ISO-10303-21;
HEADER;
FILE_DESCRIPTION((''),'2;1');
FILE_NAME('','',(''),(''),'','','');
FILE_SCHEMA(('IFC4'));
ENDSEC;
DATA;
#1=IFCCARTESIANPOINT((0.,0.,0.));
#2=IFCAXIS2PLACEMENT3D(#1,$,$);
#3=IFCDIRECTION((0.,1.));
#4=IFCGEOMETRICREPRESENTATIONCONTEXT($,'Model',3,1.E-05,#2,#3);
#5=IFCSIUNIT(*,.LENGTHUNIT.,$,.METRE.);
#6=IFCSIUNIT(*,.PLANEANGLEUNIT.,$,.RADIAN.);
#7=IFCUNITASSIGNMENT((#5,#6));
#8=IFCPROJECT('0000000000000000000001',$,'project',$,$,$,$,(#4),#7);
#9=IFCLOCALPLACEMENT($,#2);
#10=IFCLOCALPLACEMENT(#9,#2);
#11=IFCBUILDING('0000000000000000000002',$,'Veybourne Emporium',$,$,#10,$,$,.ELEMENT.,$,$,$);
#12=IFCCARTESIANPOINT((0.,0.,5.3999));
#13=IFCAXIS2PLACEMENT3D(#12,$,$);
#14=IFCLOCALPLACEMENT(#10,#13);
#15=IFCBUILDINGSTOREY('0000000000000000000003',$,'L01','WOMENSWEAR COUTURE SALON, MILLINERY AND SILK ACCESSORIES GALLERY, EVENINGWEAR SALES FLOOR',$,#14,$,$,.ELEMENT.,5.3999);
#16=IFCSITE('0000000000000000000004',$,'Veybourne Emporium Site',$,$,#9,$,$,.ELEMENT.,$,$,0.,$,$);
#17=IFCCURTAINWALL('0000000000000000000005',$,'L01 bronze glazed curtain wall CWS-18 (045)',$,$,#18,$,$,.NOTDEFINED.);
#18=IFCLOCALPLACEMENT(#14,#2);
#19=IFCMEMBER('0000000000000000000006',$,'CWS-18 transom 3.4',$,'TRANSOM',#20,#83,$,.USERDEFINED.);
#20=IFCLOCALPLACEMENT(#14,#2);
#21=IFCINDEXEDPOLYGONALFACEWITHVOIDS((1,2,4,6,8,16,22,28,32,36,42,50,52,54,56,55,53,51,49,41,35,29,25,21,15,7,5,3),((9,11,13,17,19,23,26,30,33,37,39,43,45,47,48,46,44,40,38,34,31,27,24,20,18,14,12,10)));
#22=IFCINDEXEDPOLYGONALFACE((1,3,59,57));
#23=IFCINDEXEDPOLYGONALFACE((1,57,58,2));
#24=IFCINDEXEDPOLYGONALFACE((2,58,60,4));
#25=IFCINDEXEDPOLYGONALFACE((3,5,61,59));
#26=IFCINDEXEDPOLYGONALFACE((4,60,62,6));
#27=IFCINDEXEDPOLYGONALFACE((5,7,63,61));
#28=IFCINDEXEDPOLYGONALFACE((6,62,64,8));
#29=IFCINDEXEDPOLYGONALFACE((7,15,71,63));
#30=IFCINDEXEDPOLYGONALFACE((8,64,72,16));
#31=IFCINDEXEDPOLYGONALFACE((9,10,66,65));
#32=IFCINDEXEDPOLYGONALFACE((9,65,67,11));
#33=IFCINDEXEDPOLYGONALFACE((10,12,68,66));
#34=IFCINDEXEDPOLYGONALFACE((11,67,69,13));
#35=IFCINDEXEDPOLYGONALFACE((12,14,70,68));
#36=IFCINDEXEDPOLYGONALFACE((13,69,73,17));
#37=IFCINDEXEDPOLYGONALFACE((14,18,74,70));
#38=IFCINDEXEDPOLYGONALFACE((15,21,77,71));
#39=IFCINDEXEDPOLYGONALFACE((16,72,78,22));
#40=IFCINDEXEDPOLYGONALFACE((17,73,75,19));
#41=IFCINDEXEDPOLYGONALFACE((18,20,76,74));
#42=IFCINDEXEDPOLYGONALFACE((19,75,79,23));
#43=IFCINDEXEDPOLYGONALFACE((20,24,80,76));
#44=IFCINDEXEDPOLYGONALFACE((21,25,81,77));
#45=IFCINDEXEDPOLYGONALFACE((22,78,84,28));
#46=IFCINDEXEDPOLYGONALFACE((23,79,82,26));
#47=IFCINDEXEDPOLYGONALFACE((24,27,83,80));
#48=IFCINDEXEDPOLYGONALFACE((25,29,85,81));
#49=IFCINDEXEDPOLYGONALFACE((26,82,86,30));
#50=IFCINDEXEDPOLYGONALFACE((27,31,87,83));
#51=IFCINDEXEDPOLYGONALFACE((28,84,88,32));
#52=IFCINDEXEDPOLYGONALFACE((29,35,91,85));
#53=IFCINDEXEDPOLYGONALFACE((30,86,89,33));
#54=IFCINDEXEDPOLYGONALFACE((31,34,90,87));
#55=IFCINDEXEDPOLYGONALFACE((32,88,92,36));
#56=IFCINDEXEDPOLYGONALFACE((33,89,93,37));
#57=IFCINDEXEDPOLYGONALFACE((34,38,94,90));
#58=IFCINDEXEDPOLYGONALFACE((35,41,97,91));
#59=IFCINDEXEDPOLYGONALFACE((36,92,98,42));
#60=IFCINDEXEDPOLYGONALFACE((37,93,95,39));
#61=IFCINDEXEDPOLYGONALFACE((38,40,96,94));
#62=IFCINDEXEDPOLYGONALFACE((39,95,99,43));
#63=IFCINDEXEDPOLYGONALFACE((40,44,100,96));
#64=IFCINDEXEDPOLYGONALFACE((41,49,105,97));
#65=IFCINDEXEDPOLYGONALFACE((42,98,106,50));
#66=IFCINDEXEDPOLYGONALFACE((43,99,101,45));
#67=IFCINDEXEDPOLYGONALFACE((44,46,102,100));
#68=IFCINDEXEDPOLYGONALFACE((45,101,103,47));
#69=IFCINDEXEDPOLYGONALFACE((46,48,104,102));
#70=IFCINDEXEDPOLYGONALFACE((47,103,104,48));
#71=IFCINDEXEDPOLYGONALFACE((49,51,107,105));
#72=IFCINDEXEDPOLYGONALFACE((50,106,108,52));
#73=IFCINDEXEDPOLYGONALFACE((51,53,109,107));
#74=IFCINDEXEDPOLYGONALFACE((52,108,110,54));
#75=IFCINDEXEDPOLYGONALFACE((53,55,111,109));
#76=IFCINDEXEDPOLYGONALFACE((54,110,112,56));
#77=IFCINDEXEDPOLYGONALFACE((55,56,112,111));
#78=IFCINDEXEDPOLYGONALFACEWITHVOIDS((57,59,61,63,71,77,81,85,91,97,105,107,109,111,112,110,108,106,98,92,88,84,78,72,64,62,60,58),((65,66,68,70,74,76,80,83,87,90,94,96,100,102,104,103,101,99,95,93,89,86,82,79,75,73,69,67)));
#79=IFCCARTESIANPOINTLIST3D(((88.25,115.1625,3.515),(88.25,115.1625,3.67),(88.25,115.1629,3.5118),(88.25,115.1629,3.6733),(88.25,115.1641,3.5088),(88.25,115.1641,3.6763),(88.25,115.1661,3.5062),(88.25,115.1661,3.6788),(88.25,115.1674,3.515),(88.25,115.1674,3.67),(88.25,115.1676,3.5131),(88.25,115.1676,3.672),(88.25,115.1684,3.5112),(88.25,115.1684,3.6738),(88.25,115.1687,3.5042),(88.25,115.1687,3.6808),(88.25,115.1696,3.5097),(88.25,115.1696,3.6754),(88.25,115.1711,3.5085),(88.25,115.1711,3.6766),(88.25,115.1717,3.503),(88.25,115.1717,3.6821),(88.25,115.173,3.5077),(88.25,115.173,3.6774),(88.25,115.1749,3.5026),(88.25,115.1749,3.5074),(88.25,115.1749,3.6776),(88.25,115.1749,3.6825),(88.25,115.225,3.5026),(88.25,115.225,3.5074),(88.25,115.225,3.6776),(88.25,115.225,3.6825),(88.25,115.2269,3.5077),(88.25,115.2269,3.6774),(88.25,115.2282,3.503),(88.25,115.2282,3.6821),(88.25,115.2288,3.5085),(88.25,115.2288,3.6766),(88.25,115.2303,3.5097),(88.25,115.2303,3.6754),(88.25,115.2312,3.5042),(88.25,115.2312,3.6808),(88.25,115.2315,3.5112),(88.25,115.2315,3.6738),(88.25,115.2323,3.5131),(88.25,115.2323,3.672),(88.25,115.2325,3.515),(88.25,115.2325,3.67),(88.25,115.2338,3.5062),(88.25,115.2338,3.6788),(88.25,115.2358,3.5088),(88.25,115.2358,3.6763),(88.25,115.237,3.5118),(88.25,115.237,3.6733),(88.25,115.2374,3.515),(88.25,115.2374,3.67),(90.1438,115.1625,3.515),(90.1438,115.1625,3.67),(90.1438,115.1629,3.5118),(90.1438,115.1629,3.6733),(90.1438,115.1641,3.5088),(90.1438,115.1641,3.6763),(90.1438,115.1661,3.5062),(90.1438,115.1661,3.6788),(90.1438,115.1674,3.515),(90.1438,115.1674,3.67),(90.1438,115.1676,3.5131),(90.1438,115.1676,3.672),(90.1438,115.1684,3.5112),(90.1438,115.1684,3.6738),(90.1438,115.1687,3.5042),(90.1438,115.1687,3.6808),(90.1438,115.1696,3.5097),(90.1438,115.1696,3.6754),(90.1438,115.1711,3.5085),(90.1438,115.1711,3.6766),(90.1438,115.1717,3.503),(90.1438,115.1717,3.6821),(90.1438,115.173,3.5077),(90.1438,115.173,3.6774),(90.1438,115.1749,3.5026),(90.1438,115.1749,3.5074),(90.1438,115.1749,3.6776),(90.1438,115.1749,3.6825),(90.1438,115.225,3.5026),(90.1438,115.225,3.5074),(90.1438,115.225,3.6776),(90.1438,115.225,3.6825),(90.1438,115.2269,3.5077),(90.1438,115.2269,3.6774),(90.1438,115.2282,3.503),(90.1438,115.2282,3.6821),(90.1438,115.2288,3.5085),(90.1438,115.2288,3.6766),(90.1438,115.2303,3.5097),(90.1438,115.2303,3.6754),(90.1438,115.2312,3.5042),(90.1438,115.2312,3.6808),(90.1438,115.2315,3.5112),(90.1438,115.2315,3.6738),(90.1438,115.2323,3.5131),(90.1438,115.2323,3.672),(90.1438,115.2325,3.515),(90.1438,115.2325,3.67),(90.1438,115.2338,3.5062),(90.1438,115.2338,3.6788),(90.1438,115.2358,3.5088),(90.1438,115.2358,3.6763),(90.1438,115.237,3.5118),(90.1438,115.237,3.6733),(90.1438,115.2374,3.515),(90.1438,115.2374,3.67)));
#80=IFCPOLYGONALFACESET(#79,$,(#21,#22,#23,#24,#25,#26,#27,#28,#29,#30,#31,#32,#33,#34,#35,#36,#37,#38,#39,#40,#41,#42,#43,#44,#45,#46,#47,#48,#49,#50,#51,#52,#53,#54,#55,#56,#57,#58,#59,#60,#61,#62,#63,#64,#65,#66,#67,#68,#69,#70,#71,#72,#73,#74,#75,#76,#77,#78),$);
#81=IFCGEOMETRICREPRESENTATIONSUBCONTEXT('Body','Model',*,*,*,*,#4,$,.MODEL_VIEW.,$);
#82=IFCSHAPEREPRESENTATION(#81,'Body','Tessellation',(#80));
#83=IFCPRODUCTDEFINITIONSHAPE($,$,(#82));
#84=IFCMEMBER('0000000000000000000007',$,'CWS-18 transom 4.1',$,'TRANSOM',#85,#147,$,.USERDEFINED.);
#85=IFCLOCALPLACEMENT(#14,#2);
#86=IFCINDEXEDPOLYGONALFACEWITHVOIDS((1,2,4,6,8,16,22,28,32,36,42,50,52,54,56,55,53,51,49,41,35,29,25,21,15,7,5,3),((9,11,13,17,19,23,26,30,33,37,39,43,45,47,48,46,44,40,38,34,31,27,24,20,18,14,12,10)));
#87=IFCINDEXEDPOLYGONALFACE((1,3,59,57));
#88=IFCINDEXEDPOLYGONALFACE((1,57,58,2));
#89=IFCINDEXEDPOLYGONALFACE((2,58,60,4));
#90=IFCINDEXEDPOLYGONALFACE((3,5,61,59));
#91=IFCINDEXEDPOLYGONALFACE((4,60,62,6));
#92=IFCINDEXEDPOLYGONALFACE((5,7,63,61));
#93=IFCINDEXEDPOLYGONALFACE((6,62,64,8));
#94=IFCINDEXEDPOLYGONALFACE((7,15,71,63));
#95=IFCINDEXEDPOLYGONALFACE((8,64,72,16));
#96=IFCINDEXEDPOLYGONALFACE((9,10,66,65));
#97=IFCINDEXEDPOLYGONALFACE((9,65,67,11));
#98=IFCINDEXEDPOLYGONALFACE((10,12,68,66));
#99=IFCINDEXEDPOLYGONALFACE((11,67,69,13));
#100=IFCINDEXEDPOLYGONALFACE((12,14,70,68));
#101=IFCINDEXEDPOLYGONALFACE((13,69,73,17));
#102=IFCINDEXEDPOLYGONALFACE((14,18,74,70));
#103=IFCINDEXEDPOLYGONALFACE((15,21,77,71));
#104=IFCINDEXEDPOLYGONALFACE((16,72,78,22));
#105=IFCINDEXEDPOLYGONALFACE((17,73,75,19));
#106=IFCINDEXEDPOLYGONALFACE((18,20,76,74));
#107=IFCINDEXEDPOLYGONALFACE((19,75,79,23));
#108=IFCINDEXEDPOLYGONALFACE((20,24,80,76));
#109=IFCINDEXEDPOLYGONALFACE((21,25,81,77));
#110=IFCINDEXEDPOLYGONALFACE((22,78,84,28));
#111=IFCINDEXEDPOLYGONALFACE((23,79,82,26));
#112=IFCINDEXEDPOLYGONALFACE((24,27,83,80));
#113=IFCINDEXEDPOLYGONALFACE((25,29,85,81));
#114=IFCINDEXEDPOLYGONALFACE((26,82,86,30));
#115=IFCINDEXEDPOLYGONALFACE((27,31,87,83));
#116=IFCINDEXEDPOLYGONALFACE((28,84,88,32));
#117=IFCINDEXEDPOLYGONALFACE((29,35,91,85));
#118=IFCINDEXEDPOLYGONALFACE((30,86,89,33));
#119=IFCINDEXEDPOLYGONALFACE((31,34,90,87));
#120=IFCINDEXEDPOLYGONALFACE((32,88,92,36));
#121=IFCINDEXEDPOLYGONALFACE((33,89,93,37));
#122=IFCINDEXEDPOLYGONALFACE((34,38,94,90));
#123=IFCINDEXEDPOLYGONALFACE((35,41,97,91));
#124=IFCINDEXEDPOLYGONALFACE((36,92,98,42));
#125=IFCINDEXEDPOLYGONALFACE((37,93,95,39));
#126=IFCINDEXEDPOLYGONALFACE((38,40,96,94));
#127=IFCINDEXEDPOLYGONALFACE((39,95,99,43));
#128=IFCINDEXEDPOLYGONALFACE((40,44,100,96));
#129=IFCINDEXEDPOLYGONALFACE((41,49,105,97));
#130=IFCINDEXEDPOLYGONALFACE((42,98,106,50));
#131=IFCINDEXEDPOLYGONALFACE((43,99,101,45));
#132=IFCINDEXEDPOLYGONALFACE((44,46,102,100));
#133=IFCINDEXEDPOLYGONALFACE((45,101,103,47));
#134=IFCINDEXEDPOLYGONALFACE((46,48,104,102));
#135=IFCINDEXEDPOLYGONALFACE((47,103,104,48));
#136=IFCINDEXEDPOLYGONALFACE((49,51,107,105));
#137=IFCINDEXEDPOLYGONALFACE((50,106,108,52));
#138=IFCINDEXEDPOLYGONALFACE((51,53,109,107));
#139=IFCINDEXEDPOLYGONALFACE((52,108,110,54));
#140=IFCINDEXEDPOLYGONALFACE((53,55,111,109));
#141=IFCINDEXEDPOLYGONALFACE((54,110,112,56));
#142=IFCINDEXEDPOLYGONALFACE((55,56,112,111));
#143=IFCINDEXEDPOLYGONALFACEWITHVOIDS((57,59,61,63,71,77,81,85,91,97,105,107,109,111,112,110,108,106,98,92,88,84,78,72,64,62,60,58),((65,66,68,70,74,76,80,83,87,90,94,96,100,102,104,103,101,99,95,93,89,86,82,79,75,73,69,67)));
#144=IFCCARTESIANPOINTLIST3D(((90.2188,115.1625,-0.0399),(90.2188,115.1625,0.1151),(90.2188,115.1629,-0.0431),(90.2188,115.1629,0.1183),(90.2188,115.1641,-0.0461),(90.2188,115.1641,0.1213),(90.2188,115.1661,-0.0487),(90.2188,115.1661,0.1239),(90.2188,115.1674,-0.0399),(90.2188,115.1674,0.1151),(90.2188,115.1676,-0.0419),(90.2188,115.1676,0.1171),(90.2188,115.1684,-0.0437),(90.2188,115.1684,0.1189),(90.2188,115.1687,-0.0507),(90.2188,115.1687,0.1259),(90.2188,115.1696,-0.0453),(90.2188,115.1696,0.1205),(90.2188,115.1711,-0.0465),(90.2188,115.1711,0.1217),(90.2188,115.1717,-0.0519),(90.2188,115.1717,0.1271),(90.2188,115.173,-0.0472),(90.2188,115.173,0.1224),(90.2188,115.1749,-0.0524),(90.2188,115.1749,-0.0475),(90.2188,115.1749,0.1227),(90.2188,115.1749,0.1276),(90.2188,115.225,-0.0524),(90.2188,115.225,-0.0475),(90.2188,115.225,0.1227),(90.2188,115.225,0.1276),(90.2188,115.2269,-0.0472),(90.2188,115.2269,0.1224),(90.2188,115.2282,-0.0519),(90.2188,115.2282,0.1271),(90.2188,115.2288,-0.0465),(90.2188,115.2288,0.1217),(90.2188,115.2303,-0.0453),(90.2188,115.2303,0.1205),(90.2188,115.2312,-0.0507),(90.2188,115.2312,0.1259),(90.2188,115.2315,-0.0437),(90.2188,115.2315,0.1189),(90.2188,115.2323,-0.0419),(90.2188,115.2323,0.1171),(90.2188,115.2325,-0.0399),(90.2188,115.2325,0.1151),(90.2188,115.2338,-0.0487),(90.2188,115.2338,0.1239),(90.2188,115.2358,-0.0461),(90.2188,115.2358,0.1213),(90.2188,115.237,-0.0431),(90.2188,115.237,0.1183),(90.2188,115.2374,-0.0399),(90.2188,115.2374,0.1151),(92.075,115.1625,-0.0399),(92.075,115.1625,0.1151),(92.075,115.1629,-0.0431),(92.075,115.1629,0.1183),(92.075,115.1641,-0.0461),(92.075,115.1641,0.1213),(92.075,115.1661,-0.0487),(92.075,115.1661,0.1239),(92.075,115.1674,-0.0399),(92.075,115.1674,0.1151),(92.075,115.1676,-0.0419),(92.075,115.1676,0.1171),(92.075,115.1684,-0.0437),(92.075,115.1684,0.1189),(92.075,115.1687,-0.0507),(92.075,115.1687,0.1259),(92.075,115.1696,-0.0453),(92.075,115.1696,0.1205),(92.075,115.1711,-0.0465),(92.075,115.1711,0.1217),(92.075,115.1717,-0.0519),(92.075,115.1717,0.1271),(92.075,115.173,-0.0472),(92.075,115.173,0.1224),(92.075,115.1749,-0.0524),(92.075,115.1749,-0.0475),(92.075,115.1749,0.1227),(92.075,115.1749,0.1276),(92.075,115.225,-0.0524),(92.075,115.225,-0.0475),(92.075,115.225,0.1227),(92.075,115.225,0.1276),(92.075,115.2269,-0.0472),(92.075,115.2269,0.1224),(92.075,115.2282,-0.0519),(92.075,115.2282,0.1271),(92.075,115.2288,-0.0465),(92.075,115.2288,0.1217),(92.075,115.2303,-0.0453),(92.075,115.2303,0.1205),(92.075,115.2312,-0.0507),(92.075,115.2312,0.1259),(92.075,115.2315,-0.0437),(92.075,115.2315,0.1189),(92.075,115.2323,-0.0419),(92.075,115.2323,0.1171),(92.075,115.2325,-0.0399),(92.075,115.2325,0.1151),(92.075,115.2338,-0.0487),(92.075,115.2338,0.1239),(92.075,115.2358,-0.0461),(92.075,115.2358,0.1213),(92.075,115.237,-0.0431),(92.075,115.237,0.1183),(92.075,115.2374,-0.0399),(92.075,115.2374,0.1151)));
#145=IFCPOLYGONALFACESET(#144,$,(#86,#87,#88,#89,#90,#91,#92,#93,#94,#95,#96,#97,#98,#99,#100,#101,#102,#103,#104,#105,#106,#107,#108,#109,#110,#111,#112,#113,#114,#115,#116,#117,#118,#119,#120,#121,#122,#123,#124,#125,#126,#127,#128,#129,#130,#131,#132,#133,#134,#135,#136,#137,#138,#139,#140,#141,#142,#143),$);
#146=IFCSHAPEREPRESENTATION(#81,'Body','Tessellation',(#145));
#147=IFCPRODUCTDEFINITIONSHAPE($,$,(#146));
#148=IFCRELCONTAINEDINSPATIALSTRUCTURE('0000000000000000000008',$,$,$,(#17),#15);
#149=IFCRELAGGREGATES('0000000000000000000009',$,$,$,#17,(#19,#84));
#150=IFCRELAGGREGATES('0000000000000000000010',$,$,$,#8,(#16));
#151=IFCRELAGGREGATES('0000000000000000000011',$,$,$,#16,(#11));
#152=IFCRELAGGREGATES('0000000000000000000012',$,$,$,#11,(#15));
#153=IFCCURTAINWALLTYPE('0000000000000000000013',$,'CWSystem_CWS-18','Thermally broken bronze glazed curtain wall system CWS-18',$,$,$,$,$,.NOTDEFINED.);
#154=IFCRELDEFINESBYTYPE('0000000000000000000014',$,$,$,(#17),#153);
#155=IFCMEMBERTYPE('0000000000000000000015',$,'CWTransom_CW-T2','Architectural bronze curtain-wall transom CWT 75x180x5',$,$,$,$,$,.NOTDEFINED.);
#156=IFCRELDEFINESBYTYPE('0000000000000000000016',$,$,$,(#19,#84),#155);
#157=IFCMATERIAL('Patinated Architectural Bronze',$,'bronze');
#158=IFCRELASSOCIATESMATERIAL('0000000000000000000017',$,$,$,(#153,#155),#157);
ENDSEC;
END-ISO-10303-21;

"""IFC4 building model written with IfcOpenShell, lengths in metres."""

from ifc_helpers import new_model, si_unit, direction, frame, origin, origin_2d, place, context, subcontext, project, spatial, hollow_rectangle, extrude, material, material_profile, profile_set, type_object, element, aggregate, save


model = new_model("IFC4")

# Units and contexts
model_context = context("Model", 3, precision=1e-05, world=origin(), true_north=direction((0.0, 1.0)))
body_context = subcontext(model_context, "Body", "Model", "MODEL_VIEW")
ifc_project = project(units=[si_unit("LENGTHUNIT", "METRE"), si_unit("PLANEANGLEUNIT", "RADIAN")], contexts=[model_context])

# Site, building, storey
site_placement = place(None, origin())
site = spatial("IfcSite", under=ifc_project, at=site_placement, Name="Veybourne Emporium Site", CompositionType="ELEMENT", RefElevation=0.0)
building_placement = place(site_placement, origin())
building = spatial("IfcBuilding", under=site, at=building_placement, Name="Veybourne Emporium", CompositionType="ELEMENT")
storey_placement = place(building_placement, frame((0.0, 0.0, 5.3999)))
storey = spatial("IfcBuildingStorey", under=building, at=storey_placement, Name="L01", Description="WOMENSWEAR COUTURE SALON, MILLINERY AND SILK ACCESSORIES GALLERY, EVENINGWEAR SALES FLOOR", CompositionType="ELEMENT", Elevation=5.3999)

# Curtain wall, members
ifc_material_1 = material(Name="Patinated Architectural Bronze", Category="bronze")
curtain_wall_type = type_object("IfcCurtainWallType", Name="CWSystem_CWS-18", Description="Thermally broken bronze glazed curtain wall system CWS-18", PredefinedType="NOTDEFINED", material=ifc_material_1)
curtain_wall_placement = place(storey_placement, origin())
curtain_wall = element("IfcCurtainWall", 1, at=curtain_wall_placement, inside=storey, type_object=curtain_wall_type, Name="L01 bronze glazed curtain wall CWS-18 (045)", PredefinedType="NOTDEFINED")
ifc_material_profile_1 = material_profile(ifc_material_1, hollow_rectangle(XDim=0.075, YDim=0.1799, WallThickness=0.0049, InnerFilletRadius=0.0076, OuterFilletRadius=0.0125, at=origin_2d()), Name="CWT 75x180x5")
ifc_profile_set_1 = profile_set([ifc_material_profile_1], Name="Patinated Architectural Bronze")
member_type_1 = type_object("IfcMemberType", Name="CWTransom_CW-T2", Description="Architectural bronze curtain-wall transom CWT 75x180x5", PredefinedType="NOTDEFINED", material=ifc_profile_set_1)
member_1_placement = place(storey_placement, frame((88.25, 115.2, 3.5925), z_axis=(1.0, 0.0, 0.0), x_axis=(0.0, 1.0, 0.0)))
member_1 = element("IfcMember", 2, at=member_1_placement, type_object=member_type_1, Name="CWS-18 transom 3.4", ObjectType="TRANSOM", PredefinedType="USERDEFINED", context=body_context, shape_type="SweptSolid", body=[
    extrude(hollow_rectangle(XDim=0.075, YDim=0.1799, WallThickness=0.0049, InnerFilletRadius=0.0076, OuterFilletRadius=0.0125, at=origin_2d()), origin(), (0.0, 0.0, 1.0), 1.8938),
])
member_2_placement = place(storey_placement, frame((90.2188, 115.2, 0.0376), z_axis=(1.0, 0.0, 0.0), x_axis=(0.0, 1.0, 0.0)))
member_2 = element("IfcMember", 3, at=member_2_placement, type_object=member_type_1, Name="CWS-18 transom 4.1", ObjectType="TRANSOM", PredefinedType="USERDEFINED", context=body_context, shape_type="SweptSolid", body=[
    extrude(hollow_rectangle(XDim=0.075, YDim=0.1799, WallThickness=0.0049, InnerFilletRadius=0.0076, OuterFilletRadius=0.0125, at=origin_2d()), origin(), (0.0, 0.0, 1.0), 1.8562),
])
aggregate(curtain_wall, [member_1, member_2])

save(model, "model.ifc")
